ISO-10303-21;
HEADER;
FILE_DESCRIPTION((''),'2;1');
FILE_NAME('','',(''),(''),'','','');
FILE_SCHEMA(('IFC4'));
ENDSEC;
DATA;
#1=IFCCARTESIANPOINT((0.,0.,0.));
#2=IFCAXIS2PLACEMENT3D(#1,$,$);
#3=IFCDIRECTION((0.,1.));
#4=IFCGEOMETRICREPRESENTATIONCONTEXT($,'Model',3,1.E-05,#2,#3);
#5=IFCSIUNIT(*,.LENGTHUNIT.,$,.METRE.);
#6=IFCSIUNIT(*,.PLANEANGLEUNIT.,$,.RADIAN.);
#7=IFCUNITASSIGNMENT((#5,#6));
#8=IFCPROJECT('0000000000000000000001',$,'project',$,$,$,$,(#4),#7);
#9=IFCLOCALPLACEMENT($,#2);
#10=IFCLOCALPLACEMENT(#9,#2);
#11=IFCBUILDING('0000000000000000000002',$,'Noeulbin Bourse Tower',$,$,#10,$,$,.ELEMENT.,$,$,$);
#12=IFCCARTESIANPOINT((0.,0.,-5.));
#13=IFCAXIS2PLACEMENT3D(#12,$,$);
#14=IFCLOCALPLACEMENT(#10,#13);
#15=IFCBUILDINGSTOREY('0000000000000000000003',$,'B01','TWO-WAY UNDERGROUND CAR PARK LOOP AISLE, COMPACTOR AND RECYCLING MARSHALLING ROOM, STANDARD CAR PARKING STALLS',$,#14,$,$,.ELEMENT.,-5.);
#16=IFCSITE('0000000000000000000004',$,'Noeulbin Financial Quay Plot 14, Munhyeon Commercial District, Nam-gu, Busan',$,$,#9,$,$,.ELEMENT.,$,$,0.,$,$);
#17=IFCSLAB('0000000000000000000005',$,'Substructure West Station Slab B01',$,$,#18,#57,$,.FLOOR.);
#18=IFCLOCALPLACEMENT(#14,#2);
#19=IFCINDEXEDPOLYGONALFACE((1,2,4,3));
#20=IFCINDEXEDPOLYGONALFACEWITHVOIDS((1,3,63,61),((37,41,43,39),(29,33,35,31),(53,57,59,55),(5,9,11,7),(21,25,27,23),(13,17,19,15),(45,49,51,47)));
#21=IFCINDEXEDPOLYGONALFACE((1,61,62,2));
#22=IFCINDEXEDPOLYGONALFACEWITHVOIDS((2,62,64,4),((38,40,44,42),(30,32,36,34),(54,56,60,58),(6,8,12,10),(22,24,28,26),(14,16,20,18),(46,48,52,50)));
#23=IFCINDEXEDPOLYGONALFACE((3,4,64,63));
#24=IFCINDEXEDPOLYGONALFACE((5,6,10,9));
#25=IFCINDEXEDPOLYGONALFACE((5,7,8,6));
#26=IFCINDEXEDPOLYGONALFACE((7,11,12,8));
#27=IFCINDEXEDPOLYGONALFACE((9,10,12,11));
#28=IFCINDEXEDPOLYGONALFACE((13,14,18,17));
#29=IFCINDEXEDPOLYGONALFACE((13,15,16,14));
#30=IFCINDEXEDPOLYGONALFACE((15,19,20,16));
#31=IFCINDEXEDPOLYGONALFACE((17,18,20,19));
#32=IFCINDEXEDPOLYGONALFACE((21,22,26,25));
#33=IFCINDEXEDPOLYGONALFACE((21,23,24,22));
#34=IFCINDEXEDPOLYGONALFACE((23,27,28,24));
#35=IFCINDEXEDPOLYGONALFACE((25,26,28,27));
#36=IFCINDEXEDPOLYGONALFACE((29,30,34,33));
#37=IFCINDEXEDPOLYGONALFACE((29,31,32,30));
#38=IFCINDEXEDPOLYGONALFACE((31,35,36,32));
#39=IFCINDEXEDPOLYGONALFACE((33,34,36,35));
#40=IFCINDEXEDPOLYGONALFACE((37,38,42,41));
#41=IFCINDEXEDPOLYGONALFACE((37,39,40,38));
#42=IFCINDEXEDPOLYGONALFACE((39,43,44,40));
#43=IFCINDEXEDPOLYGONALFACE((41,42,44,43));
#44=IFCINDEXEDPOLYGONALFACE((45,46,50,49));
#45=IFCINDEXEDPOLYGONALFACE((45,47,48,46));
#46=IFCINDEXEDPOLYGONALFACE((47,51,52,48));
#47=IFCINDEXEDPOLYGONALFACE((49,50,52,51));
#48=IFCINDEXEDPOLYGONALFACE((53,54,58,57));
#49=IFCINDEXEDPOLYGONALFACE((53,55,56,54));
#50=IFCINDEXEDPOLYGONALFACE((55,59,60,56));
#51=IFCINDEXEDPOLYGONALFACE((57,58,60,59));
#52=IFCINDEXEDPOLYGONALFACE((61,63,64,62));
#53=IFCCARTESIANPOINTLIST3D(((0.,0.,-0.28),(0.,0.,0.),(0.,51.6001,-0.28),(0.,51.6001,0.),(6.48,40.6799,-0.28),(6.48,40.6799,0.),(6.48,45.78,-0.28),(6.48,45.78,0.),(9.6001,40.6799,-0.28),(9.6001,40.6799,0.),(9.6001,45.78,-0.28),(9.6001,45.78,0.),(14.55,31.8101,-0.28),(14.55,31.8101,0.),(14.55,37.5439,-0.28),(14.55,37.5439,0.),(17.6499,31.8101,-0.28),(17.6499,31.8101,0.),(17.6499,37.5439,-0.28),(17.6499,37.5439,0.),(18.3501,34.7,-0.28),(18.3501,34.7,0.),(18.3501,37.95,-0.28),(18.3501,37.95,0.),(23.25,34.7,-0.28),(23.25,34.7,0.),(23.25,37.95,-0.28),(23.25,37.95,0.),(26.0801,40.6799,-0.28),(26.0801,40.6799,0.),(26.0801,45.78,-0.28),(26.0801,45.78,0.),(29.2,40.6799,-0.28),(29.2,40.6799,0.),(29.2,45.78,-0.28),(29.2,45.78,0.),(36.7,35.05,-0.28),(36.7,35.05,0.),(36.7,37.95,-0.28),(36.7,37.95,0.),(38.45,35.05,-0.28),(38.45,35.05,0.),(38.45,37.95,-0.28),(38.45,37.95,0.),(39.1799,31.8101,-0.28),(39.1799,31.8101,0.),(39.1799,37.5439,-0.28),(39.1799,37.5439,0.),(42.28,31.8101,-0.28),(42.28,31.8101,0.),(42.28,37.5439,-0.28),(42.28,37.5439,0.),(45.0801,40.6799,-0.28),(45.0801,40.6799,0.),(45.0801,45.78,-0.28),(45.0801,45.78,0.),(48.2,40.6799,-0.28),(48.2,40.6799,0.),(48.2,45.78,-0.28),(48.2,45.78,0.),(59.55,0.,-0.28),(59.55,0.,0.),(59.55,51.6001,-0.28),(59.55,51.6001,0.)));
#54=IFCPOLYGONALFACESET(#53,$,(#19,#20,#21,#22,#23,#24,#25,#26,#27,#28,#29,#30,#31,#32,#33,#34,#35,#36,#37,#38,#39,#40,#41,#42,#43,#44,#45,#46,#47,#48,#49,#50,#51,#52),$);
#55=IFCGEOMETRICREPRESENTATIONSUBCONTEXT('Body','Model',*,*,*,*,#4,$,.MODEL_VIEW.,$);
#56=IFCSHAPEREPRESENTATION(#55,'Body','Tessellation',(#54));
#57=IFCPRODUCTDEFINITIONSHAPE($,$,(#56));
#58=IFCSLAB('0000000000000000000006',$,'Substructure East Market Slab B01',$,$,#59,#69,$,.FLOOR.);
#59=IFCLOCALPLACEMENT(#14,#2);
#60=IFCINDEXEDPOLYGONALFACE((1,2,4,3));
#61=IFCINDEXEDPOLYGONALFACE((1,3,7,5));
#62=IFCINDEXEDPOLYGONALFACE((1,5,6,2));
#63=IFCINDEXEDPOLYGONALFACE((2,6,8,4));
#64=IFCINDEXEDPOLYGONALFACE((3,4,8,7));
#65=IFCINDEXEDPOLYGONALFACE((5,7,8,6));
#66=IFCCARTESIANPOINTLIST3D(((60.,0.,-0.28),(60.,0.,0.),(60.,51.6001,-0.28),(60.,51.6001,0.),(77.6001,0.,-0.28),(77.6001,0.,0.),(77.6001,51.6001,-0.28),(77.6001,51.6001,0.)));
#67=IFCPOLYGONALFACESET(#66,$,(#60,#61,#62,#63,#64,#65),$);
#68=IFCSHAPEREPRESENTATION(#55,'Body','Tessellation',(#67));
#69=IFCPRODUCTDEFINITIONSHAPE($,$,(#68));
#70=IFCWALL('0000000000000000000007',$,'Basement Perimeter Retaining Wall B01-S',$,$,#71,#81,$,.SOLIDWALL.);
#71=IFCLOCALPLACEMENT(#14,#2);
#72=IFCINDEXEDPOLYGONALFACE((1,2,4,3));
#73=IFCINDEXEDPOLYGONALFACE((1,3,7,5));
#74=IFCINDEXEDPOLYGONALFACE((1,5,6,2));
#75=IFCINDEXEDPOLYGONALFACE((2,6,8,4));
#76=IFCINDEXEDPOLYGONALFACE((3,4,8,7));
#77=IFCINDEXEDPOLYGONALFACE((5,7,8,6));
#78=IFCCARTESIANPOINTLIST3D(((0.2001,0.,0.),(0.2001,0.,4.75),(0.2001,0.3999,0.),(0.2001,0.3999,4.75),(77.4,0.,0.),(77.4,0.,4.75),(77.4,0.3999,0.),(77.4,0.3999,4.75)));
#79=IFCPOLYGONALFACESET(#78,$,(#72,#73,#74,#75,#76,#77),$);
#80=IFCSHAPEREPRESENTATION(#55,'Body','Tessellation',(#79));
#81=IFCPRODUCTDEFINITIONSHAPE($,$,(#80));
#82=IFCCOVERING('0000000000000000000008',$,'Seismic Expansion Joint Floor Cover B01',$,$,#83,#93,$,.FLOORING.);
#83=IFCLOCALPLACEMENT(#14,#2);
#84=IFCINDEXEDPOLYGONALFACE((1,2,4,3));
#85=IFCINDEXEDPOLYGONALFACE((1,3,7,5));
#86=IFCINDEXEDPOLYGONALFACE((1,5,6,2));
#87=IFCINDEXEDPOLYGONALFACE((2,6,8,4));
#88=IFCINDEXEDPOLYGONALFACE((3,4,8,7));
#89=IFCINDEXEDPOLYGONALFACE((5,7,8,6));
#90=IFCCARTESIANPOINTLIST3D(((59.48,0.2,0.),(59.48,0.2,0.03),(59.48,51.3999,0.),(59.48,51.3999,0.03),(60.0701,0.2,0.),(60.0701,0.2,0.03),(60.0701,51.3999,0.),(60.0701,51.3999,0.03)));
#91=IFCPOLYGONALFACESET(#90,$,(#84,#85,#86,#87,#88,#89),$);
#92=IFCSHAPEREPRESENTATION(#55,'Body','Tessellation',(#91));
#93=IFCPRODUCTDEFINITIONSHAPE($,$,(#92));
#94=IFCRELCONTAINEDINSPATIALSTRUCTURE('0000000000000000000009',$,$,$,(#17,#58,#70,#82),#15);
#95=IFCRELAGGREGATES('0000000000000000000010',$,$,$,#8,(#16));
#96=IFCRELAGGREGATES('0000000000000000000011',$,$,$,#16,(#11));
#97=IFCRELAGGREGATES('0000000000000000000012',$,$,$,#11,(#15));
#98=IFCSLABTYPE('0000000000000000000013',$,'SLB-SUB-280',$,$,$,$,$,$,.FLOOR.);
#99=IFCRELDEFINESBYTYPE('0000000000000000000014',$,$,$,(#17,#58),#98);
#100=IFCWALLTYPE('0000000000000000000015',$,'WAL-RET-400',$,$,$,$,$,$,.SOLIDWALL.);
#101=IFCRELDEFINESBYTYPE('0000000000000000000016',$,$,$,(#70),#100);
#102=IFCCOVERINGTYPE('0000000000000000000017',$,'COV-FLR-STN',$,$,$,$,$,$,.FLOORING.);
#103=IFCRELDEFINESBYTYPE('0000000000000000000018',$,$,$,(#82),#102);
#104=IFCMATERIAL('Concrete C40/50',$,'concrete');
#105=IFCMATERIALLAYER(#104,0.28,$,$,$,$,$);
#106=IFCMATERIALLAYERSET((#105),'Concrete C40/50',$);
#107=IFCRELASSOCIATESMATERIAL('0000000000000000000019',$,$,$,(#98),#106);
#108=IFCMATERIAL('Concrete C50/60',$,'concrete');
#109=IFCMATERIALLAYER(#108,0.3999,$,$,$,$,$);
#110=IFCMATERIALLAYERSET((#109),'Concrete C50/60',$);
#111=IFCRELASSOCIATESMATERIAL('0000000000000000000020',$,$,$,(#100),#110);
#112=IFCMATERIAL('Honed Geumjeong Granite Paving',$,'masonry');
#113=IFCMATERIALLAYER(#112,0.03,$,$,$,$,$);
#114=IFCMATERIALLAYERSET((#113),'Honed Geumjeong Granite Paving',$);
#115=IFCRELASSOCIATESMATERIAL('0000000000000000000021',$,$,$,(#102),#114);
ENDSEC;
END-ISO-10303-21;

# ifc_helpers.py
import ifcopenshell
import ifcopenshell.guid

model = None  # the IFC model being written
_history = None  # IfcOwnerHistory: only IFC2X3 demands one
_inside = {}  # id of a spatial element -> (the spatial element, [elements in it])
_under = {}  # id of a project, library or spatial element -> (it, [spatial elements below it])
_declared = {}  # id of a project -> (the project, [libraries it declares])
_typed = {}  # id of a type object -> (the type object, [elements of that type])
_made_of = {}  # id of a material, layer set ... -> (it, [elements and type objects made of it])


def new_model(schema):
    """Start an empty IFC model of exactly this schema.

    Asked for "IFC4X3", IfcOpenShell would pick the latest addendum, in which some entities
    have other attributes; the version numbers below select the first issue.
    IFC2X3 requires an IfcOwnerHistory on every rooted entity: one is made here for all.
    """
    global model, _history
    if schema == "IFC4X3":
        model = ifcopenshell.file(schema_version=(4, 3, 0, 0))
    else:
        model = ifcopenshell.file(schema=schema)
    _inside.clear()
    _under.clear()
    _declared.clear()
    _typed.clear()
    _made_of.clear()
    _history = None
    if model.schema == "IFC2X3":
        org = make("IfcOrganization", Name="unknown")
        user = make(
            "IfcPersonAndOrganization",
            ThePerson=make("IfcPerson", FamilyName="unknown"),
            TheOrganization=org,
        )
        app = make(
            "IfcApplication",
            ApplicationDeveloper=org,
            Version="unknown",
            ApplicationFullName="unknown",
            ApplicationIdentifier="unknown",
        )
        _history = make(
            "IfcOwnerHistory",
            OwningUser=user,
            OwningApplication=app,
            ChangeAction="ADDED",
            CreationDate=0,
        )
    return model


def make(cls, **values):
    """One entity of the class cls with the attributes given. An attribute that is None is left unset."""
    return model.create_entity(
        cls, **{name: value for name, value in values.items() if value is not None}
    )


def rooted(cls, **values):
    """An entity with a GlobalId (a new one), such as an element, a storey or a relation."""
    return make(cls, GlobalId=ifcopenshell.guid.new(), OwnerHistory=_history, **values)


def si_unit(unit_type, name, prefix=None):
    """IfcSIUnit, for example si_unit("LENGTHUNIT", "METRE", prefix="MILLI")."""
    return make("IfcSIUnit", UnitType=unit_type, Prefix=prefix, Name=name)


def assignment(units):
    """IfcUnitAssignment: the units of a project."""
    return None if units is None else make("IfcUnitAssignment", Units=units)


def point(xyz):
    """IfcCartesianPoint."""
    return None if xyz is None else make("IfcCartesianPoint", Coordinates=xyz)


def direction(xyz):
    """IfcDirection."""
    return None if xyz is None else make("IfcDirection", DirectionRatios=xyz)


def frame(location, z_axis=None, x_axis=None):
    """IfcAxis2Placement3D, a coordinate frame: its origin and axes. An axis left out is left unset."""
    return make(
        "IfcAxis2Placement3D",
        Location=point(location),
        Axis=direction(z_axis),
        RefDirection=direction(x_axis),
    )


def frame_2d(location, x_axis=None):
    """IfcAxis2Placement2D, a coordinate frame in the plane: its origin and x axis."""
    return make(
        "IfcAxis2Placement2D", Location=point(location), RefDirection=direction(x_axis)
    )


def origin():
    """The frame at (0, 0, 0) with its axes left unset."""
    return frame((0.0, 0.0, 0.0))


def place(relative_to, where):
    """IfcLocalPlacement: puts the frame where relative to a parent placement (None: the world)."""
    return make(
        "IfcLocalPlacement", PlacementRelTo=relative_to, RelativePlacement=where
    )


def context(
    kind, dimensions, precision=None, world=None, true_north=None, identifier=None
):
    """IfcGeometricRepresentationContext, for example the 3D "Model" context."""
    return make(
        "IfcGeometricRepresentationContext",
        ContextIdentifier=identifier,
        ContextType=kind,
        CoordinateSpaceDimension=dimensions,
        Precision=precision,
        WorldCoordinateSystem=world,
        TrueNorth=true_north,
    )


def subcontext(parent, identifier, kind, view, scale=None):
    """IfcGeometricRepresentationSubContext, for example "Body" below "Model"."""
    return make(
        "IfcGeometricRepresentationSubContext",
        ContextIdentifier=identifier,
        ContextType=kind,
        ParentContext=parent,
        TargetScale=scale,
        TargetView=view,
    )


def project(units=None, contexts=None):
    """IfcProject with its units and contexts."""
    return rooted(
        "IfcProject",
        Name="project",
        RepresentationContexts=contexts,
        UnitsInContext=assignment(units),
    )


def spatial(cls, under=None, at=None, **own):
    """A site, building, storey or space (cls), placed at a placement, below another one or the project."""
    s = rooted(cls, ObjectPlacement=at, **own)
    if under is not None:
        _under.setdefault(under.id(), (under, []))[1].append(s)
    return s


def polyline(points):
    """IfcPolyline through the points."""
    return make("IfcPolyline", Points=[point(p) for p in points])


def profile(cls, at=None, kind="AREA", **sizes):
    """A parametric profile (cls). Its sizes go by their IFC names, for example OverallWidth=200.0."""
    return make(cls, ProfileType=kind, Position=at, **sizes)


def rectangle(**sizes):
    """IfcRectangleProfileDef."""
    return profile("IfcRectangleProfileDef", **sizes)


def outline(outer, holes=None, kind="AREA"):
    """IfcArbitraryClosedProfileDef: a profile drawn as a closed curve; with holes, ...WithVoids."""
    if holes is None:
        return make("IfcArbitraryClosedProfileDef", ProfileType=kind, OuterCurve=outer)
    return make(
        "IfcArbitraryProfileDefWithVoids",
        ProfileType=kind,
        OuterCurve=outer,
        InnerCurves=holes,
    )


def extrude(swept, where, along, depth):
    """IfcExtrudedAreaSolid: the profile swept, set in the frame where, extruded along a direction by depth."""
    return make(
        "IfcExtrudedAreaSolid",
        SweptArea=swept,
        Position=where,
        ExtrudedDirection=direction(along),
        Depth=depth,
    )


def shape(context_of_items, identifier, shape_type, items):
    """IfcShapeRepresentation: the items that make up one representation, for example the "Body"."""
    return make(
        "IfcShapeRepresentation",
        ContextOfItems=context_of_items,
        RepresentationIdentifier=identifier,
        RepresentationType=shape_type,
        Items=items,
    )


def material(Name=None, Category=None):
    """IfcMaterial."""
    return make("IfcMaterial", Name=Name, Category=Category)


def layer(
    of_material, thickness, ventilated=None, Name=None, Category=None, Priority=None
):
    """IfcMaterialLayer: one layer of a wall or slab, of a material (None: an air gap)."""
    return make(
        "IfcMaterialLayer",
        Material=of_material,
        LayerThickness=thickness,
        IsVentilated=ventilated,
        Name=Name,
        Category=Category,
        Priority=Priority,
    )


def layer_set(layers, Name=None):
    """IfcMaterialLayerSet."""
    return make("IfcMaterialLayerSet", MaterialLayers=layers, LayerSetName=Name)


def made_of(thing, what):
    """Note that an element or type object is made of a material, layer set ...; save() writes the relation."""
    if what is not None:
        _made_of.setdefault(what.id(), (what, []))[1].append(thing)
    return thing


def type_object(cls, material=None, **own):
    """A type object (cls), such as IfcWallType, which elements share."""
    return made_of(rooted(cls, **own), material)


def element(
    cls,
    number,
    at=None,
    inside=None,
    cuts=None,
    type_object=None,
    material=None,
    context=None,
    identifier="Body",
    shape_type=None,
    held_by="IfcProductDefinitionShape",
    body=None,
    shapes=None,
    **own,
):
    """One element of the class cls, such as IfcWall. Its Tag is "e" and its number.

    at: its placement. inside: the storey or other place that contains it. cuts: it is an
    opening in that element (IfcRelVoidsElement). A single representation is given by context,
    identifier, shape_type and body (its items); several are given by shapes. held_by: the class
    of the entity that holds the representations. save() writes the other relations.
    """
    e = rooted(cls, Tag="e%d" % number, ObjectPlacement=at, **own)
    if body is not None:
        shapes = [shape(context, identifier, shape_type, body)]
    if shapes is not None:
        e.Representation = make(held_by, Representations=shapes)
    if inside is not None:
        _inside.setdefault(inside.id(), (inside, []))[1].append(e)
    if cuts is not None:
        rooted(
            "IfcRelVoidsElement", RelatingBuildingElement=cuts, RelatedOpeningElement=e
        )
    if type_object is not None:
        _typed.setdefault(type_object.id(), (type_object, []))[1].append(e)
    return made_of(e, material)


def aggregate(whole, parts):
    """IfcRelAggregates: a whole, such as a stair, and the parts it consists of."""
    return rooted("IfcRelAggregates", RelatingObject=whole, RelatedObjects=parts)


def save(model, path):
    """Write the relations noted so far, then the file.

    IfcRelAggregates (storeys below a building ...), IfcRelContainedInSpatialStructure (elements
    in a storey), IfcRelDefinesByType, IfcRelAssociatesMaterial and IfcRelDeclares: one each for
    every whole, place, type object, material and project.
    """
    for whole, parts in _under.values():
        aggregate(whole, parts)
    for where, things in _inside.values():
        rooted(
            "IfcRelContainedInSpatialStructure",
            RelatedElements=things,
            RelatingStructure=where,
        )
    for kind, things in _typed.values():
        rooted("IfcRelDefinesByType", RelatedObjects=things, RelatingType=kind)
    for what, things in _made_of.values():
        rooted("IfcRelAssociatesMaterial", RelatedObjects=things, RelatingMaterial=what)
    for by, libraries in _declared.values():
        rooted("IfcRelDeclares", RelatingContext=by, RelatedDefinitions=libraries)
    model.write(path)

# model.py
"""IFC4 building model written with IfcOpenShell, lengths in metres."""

from ifc_helpers import new_model, si_unit, direction, frame, frame_2d, origin, place, context, subcontext, project, spatial, polyline, rectangle, outline, extrude, material, layer, layer_set, type_object, element, save


model = new_model("IFC4")

# Units and contexts
model_context = context("Model", 3, precision=1e-05, world=origin(), true_north=direction((0.0, 1.0)))
body_context = subcontext(model_context, "Body", "Model", "MODEL_VIEW")
ifc_project = project(units=[si_unit("LENGTHUNIT", "METRE"), si_unit("PLANEANGLEUNIT", "RADIAN")], contexts=[model_context])

# Site, building, storey
site_placement = place(None, origin())
site = spatial("IfcSite", under=ifc_project, at=site_placement, Name="Noeulbin Financial Quay Plot 14, Munhyeon Commercial District, Nam-gu, Busan", CompositionType="ELEMENT", RefElevation=0.0)
building_placement = place(site_placement, origin())
building = spatial("IfcBuilding", under=site, at=building_placement, Name="Noeulbin Bourse Tower", CompositionType="ELEMENT")
storey_placement = place(building_placement, frame((0.0, 0.0, -5.0)))
storey = spatial("IfcBuildingStorey", under=building, at=storey_placement, Name="B01", Description="TWO-WAY UNDERGROUND CAR PARK LOOP AISLE, COMPACTOR AND RECYCLING MARSHALLING ROOM, STANDARD CAR PARKING STALLS", CompositionType="ELEMENT", Elevation=-5.0)

# Shared definitions
ifc_material_1 = material(Name="Concrete C50/60", Category="concrete")

# Shared definitions
ifc_material_2 = material(Name="Concrete C40/50", Category="concrete")

# Slab, openings
ifc_layer_1 = layer(ifc_material_2, 0.28)
ifc_layer_set_1 = layer_set([ifc_layer_1], Name="Concrete C40/50")
slab_type_1 = type_object("IfcSlabType", Name="SLB-SUB-280", PredefinedType="FLOOR", material=ifc_layer_set_1)
slab_1_placement = place(storey_placement, frame((0.0, 0.0, -0.28)))
slab_1 = element("IfcSlab", 1, at=slab_1_placement, inside=storey, type_object=slab_type_1, Name="Substructure West Station Slab B01", PredefinedType="FLOOR", context=body_context, shape_type="SweptSolid", body=[
    extrude(outline(polyline([(0.0, 0.0), (59.55, 0.0), (59.55, 51.6001), (0.0, 51.6001), (0.0, 0.0)]), holes=[polyline([(17.6499, 31.8101), (17.6499, 37.5439), (14.55, 37.5439), (14.55, 31.8101), (17.6499, 31.8101)]), polyline([(42.28, 31.8101), (42.28, 37.5439), (39.1799, 37.5439), (39.1799, 31.8101), (42.28, 31.8101)]), polyline([(9.6001, 40.6799), (9.6001, 45.78), (6.48, 45.78), (6.48, 40.6799), (9.6001, 40.6799)]), polyline([(29.2, 40.6799), (29.2, 45.78), (26.0801, 45.78), (26.0801, 40.6799), (29.2, 40.6799)]), polyline([(48.2, 40.6799), (48.2, 45.78), (45.0801, 45.78), (45.0801, 40.6799), (48.2, 40.6799)]), polyline([(18.3501, 34.7), (23.25, 34.7), (23.25, 37.95), (18.3501, 37.95), (18.3501, 34.7)]), polyline([(36.7, 35.05), (38.45, 35.05), (38.45, 37.95), (36.7, 37.95), (36.7, 35.05)])]), origin(), (0.0, 0.0, 1.0), 0.28),
])
opening_1_placement = place(slab_1_placement, frame((0.0, 0.0, -0.01)))
element("IfcOpeningElement", 2, at=opening_1_placement, cuts=slab_1, PredefinedType="OPENING", context=body_context, shape_type="SweptSolid", body=[
    extrude(outline(polyline([(17.6499, 31.8101), (17.6499, 37.5439), (14.55, 37.5439), (14.55, 31.8101), (17.6499, 31.8101)])), origin(), (0.0, 0.0, 1.0), 0.3),
])
opening_2_placement = place(slab_1_placement, frame((0.0, 0.0, -0.01)))
element("IfcOpeningElement", 3, at=opening_2_placement, cuts=slab_1, PredefinedType="OPENING", context=body_context, shape_type="SweptSolid", body=[
    extrude(outline(polyline([(42.28, 31.8101), (42.28, 37.5439), (39.1799, 37.5439), (39.1799, 31.8101), (42.28, 31.8101)])), origin(), (0.0, 0.0, 1.0), 0.3),
])
opening_3_placement = place(slab_1_placement, frame((0.0, 0.0, -0.01)))
element("IfcOpeningElement", 4, at=opening_3_placement, cuts=slab_1, PredefinedType="OPENING", context=body_context, shape_type="SweptSolid", body=[
    extrude(outline(polyline([(9.6001, 40.6799), (9.6001, 45.78), (6.48, 45.78), (6.48, 40.6799), (9.6001, 40.6799)])), origin(), (0.0, 0.0, 1.0), 0.3),
])
opening_4_placement = place(slab_1_placement, frame((0.0, 0.0, -0.01)))
element("IfcOpeningElement", 5, at=opening_4_placement, cuts=slab_1, PredefinedType="OPENING", context=body_context, shape_type="SweptSolid", body=[
    extrude(outline(polyline([(29.2, 40.6799), (29.2, 45.78), (26.0801, 45.78), (26.0801, 40.6799), (29.2, 40.6799)])), origin(), (0.0, 0.0, 1.0), 0.3),
])
opening_5_placement = place(slab_1_placement, frame((0.0, 0.0, -0.01)))
element("IfcOpeningElement", 6, at=opening_5_placement, cuts=slab_1, PredefinedType="OPENING", context=body_context, shape_type="SweptSolid", body=[
    extrude(outline(polyline([(48.2, 40.6799), (48.2, 45.78), (45.0801, 45.78), (45.0801, 40.6799), (48.2, 40.6799)])), origin(), (0.0, 0.0, 1.0), 0.3),
])
opening_6_placement = place(slab_1_placement, frame((0.0, 0.0, -0.01)))
element("IfcOpeningElement", 7, at=opening_6_placement, cuts=slab_1, PredefinedType="OPENING", context=body_context, shape_type="SweptSolid", body=[
    extrude(outline(polyline([(18.3501, 34.7), (23.25, 34.7), (23.25, 37.95), (18.3501, 37.95), (18.3501, 34.7)])), origin(), (0.0, 0.0, 1.0), 0.3),
])
opening_7_placement = place(slab_1_placement, frame((0.0, 0.0, -0.01)))
element("IfcOpeningElement", 8, at=opening_7_placement, cuts=slab_1, PredefinedType="OPENING", context=body_context, shape_type="SweptSolid", body=[
    extrude(outline(polyline([(36.7, 35.05), (38.45, 35.05), (38.45, 37.95), (36.7, 37.95), (36.7, 35.05)])), origin(), (0.0, 0.0, 1.0), 0.3),
])

# Slab
slab_2_placement = place(storey_placement, frame((0.0, 0.0, -0.28)))
element("IfcSlab", 9, at=slab_2_placement, inside=storey, type_object=slab_type_1, Name="Substructure East Market Slab B01", PredefinedType="FLOOR", context=body_context, shape_type="SweptSolid", body=[
    extrude(outline(polyline([(60.0, 0.0), (77.6001, 0.0), (77.6001, 51.6001), (60.0, 51.6001), (60.0, 0.0)])), origin(), (0.0, 0.0, 1.0), 0.28),
])

# Wall
ifc_layer_2 = layer(ifc_material_1, 0.3999)
ifc_layer_set_2 = layer_set([ifc_layer_2], Name="Concrete C50/60")
wall_type = type_object("IfcWallType", Name="WAL-RET-400", PredefinedType="SOLIDWALL", material=ifc_layer_set_2)
wall_placement = place(storey_placement, frame((0.2, 0.2, 0.0), z_axis=(0.0, 0.0, 1.0), x_axis=(1.0, 0.0, 0.0)))
element("IfcWall", 10, at=wall_placement, inside=storey, type_object=wall_type, Name="Basement Perimeter Retaining Wall B01-S", PredefinedType="SOLIDWALL", context=body_context, shape_type="SweptSolid", body=[
    extrude(rectangle(XDim=77.2, YDim=0.3999, at=frame_2d((38.6001, 0.0))), origin(), (0.0, 0.0, 1.0), 4.75),
])

# Covering
ifc_material_3 = material(Name="Honed Geumjeong Granite Paving", Category="masonry")
ifc_layer_3 = layer(ifc_material_3, 0.03)
ifc_layer_set_3 = layer_set([ifc_layer_3], Name="Honed Geumjeong Granite Paving")
covering_type = type_object("IfcCoveringType", Name="COV-FLR-STN", PredefinedType="FLOORING", material=ifc_layer_set_3)
covering_placement = place(storey_placement, origin())
element("IfcCovering", 11, at=covering_placement, inside=storey, type_object=covering_type, Name="Seismic Expansion Joint Floor Cover B01", PredefinedType="FLOORING", context=body_context, shape_type="SweptSolid", body=[
    extrude(outline(polyline([(59.48, 0.2), (60.0701, 0.2), (60.0701, 51.3999), (59.48, 51.3999), (59.48, 0.2)])), origin(), (0.0, 0.0, 1.0), 0.03),
])

save(model, "model.ifc")
